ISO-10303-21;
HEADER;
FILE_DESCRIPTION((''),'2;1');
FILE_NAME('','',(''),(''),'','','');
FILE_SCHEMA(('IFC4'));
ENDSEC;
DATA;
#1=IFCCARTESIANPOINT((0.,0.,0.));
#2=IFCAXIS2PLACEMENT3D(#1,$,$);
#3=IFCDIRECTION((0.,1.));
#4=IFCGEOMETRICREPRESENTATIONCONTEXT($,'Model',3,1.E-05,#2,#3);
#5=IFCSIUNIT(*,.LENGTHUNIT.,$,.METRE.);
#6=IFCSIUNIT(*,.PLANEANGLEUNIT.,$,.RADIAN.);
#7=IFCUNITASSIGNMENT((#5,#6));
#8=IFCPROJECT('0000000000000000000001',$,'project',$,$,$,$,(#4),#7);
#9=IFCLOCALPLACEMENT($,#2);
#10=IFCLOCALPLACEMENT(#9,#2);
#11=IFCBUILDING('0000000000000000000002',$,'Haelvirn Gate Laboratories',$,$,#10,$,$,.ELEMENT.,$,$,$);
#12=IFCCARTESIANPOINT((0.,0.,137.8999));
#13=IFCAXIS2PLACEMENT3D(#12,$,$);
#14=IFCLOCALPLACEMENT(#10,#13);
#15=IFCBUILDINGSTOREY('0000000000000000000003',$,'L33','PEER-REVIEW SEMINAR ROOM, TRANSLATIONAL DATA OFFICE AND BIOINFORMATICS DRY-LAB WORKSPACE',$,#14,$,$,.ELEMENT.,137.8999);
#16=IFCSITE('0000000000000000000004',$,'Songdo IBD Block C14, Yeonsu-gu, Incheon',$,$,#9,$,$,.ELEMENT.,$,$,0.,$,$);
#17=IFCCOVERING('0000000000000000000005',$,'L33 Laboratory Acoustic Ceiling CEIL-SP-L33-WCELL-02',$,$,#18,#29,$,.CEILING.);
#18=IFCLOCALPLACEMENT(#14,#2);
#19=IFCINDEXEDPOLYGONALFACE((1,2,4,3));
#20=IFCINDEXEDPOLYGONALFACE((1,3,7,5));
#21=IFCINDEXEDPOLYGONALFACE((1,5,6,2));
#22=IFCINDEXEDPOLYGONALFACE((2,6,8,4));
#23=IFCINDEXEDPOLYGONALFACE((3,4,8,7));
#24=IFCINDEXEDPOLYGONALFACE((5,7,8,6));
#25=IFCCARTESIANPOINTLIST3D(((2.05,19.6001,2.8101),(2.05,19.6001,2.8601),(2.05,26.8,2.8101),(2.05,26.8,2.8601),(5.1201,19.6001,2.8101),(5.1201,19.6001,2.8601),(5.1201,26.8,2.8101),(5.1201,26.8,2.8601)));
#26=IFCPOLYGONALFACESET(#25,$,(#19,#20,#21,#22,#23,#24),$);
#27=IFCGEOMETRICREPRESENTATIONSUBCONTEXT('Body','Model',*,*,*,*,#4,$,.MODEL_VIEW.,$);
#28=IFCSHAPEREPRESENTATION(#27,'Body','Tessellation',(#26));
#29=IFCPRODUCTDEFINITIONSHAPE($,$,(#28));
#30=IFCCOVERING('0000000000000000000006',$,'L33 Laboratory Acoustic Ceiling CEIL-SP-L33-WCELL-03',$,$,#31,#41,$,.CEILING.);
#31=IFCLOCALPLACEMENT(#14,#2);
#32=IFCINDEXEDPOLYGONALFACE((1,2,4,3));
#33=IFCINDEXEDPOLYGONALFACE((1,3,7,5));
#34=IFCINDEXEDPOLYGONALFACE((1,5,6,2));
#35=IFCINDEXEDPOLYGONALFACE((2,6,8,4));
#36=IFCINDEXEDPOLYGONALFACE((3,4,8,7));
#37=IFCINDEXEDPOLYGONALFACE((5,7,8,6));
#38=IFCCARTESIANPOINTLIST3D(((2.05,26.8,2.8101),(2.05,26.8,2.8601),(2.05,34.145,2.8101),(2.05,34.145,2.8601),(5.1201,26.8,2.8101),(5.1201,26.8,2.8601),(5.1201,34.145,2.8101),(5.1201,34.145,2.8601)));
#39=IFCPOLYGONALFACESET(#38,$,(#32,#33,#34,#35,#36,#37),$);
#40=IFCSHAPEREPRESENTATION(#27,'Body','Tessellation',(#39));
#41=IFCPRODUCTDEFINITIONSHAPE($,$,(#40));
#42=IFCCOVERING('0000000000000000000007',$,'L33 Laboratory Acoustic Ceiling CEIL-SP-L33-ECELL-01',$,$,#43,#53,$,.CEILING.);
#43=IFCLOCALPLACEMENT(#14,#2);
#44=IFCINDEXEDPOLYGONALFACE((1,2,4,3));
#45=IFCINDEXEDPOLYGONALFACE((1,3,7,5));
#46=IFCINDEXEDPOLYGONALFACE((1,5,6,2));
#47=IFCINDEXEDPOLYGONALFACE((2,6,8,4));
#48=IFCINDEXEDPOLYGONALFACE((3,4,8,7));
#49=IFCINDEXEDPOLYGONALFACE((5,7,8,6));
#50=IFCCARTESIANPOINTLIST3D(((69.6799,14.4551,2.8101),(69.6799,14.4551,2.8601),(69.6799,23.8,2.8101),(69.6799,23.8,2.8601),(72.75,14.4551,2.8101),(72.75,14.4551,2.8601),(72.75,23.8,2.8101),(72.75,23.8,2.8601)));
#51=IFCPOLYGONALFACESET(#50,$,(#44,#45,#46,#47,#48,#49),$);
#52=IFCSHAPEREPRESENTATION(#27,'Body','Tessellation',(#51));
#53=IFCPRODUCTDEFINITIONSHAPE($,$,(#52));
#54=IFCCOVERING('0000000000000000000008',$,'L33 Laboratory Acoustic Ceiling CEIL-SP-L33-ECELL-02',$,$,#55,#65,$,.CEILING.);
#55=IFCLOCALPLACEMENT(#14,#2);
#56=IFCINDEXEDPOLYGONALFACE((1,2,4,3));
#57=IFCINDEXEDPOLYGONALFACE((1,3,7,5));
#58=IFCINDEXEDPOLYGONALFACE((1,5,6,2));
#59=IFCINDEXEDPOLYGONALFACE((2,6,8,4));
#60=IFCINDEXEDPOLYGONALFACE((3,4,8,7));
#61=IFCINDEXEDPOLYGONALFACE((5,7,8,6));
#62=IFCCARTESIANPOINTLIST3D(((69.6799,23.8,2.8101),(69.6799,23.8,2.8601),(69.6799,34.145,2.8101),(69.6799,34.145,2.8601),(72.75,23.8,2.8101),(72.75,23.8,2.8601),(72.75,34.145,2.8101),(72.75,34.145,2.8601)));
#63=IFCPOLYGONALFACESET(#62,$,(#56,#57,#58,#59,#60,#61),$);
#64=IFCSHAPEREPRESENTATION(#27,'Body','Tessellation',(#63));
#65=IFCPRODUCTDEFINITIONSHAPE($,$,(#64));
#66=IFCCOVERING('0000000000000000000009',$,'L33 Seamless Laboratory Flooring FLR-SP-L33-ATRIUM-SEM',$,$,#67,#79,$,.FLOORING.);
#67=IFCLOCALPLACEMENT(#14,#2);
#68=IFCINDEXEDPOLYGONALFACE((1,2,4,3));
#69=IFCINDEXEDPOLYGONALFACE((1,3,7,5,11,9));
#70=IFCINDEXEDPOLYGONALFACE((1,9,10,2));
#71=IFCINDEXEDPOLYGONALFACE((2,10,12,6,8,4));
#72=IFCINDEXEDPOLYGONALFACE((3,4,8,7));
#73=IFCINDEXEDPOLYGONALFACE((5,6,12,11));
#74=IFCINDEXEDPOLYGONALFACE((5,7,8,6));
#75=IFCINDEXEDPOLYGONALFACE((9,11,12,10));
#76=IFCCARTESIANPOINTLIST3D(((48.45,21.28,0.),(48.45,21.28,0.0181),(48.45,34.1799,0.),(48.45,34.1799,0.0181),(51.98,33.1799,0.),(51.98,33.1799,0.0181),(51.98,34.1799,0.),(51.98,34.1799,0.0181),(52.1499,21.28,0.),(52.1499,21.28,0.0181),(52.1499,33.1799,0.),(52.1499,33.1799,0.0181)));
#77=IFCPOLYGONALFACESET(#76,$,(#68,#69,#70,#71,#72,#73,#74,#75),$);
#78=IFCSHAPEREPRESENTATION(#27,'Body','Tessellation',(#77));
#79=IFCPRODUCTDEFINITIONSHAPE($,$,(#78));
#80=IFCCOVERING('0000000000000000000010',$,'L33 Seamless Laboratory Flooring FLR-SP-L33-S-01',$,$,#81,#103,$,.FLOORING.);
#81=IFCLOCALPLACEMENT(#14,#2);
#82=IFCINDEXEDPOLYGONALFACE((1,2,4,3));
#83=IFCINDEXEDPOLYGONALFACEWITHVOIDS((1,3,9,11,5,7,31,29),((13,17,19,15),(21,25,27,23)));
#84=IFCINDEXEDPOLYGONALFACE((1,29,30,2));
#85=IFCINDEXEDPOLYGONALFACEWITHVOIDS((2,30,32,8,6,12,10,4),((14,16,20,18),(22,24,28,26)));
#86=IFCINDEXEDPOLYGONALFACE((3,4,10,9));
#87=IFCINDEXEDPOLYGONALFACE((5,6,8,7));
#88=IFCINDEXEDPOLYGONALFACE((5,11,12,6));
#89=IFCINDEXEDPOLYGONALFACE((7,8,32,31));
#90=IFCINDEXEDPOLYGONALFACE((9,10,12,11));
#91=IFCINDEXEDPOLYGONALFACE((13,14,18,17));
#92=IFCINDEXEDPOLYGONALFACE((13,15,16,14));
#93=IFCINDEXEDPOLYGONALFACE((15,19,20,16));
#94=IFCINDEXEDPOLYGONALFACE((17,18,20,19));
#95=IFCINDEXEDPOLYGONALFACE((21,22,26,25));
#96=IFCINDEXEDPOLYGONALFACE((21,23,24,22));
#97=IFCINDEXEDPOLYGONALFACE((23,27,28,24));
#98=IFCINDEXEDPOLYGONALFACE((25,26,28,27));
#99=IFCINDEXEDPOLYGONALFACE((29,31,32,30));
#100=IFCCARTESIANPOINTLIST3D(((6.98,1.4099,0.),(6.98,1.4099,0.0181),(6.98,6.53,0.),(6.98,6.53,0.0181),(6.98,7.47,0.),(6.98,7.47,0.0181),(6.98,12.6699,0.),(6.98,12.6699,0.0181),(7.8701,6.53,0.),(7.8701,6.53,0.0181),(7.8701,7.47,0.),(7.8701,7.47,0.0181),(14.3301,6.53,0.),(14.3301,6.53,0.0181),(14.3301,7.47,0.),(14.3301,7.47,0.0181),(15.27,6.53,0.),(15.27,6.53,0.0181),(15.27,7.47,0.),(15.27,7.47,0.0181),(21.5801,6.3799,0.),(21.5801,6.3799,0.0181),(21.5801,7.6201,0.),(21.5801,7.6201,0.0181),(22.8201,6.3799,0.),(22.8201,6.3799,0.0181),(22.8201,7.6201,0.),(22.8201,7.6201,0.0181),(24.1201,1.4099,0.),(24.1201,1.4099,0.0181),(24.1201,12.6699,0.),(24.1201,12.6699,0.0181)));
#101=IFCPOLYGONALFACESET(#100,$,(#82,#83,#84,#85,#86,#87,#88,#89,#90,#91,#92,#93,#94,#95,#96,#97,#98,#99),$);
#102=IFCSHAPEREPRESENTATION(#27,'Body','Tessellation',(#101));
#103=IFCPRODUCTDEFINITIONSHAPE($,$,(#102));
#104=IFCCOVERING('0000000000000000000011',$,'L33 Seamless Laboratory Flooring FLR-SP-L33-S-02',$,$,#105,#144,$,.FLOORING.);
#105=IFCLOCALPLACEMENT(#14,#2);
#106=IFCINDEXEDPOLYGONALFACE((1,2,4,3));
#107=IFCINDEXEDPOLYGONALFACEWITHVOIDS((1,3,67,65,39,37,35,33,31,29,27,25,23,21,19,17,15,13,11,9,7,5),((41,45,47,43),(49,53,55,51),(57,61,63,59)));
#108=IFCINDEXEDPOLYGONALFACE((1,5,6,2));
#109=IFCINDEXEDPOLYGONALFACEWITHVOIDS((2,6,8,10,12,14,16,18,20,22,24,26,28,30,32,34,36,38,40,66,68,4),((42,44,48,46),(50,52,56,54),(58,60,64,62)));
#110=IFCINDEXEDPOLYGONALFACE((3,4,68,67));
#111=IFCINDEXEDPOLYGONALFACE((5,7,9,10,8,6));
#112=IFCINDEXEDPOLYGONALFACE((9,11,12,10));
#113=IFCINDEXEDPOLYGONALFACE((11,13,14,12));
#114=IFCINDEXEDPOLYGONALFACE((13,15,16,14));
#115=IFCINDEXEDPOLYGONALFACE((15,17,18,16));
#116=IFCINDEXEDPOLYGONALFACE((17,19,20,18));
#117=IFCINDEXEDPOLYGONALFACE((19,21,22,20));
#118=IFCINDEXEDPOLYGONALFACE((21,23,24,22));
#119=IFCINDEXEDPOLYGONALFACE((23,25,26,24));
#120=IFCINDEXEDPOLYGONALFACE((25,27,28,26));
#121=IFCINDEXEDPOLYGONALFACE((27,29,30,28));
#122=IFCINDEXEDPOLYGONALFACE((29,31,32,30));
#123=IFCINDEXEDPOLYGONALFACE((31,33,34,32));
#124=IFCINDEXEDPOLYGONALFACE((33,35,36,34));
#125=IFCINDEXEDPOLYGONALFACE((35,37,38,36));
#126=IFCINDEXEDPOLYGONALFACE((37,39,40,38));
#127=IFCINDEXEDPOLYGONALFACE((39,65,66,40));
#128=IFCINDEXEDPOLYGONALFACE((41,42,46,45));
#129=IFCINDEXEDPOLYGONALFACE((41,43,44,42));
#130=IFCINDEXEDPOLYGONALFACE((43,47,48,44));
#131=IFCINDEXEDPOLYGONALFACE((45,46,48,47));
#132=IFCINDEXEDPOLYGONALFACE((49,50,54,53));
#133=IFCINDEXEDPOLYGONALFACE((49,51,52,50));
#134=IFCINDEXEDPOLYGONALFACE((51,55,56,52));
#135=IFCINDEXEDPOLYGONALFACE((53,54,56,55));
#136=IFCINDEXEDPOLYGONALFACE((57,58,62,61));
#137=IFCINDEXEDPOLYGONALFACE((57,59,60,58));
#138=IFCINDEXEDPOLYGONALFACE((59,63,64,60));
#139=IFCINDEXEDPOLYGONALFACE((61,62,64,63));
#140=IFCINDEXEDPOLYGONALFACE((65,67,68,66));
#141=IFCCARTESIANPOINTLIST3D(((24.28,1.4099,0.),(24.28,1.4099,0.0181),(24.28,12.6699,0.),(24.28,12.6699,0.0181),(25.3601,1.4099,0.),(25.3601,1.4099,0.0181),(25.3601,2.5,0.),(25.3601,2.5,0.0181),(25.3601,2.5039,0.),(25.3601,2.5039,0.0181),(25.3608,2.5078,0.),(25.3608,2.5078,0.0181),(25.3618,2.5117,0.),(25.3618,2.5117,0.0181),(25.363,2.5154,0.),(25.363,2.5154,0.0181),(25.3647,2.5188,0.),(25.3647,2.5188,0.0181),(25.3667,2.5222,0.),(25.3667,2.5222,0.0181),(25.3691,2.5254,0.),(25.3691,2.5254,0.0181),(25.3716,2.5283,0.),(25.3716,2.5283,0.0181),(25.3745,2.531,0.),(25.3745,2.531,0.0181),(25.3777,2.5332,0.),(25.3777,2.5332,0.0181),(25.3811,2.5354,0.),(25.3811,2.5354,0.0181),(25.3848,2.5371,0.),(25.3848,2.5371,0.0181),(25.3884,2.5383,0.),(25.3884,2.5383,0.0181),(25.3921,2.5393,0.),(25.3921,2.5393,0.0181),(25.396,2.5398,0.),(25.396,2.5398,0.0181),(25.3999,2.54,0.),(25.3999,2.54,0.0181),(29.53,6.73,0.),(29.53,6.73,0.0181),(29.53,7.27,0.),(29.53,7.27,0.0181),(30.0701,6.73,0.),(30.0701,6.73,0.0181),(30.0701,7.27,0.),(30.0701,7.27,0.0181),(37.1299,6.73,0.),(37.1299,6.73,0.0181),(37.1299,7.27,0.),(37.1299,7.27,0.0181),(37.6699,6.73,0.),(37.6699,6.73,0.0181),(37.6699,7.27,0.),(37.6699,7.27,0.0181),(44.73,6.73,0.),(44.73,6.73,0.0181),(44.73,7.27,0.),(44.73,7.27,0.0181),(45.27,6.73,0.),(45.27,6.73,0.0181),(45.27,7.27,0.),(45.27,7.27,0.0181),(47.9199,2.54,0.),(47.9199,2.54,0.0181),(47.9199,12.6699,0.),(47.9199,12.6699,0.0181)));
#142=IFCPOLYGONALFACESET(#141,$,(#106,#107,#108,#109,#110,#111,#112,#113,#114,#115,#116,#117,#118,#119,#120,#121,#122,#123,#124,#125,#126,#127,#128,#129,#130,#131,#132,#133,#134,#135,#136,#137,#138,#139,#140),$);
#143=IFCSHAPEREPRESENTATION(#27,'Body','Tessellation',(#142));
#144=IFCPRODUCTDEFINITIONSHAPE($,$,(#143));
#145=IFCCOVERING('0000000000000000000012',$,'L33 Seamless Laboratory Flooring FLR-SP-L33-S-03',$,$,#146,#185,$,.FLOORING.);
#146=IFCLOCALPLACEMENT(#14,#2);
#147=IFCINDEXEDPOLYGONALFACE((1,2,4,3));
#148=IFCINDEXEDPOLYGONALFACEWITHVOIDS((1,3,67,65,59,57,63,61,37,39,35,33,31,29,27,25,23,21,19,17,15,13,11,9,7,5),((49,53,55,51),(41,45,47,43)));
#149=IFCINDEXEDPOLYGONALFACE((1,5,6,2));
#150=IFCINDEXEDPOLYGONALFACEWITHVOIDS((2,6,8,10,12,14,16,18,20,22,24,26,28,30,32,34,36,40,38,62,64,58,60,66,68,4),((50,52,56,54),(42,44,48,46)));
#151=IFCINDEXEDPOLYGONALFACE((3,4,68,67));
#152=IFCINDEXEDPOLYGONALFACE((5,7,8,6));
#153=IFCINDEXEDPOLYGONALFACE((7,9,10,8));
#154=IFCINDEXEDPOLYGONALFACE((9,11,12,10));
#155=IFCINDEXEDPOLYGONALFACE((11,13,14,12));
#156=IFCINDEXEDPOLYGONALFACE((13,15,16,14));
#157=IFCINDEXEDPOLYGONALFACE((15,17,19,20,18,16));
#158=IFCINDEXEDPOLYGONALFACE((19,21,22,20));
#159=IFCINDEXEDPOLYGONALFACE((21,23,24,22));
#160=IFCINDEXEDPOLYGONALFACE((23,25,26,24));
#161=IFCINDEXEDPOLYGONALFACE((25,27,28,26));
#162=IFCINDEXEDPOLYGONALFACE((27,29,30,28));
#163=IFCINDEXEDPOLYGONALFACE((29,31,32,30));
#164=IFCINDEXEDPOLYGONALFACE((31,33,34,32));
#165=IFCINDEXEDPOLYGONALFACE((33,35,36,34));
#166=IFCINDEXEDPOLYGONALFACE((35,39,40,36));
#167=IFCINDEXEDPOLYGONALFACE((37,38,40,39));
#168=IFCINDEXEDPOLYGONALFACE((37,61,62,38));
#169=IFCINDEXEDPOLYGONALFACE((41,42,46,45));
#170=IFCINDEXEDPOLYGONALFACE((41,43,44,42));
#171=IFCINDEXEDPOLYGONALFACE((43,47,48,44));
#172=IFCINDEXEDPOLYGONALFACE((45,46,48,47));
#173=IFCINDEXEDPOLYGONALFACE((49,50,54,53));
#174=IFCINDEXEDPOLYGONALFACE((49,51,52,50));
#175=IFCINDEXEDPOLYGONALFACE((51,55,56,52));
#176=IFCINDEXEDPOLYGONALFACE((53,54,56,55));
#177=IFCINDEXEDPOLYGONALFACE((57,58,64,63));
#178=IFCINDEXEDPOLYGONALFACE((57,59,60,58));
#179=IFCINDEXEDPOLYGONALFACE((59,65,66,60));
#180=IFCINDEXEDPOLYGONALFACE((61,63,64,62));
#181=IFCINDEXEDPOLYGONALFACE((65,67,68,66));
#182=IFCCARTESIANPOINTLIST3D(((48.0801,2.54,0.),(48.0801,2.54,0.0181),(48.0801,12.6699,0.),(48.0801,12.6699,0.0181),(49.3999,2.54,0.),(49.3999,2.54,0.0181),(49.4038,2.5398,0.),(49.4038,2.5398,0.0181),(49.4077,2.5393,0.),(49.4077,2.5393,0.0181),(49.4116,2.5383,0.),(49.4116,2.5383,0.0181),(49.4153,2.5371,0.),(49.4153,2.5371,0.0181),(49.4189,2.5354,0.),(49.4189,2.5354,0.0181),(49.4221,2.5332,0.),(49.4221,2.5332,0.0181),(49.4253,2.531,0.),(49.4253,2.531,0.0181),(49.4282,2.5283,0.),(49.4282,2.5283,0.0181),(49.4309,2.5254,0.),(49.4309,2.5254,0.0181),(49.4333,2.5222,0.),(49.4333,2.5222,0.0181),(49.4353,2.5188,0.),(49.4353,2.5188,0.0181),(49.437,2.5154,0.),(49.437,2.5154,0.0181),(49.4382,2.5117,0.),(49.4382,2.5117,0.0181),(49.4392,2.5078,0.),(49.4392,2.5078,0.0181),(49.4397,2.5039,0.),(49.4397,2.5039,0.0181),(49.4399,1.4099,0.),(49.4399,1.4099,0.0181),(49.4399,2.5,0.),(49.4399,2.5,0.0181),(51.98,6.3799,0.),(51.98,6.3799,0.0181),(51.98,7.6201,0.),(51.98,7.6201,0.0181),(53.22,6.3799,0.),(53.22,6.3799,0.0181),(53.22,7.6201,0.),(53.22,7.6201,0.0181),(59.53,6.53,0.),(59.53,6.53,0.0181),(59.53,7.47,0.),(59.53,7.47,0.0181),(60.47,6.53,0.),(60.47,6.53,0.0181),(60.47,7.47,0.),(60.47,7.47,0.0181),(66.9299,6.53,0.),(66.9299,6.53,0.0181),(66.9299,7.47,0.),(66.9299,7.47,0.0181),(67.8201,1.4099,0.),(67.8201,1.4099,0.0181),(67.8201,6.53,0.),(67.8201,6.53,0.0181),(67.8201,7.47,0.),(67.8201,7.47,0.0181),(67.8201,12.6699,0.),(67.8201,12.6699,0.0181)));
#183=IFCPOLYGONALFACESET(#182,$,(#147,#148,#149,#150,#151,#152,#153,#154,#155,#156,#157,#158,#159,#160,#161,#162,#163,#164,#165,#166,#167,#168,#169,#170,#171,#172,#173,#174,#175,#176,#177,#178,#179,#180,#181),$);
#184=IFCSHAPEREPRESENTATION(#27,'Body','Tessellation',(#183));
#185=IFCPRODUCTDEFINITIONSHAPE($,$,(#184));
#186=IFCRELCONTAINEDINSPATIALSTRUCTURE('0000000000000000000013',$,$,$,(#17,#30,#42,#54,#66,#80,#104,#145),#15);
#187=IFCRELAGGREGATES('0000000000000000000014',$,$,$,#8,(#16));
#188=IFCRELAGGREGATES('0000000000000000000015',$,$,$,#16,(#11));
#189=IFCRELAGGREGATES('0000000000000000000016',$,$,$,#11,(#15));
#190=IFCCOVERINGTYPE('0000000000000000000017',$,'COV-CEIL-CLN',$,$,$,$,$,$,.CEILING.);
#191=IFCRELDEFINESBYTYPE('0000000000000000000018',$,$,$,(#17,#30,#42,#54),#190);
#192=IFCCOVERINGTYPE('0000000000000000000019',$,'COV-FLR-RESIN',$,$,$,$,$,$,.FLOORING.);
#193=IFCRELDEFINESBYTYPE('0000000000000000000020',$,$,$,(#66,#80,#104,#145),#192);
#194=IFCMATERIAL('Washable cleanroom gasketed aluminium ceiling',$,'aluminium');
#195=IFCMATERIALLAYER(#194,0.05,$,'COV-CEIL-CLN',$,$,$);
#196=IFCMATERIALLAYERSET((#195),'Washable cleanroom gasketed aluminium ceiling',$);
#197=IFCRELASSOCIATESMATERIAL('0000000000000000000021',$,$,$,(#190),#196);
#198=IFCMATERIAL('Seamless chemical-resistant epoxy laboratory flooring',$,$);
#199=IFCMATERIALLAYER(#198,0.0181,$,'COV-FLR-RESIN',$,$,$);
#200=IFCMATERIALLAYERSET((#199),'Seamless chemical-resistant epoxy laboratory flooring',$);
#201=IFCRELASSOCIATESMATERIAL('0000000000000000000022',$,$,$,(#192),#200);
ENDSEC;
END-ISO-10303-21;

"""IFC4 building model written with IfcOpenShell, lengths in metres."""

from ifc_helpers import new_model, si_unit, direction, frame, origin, place, context, subcontext, project, spatial, polyline, outline, extrude, material, layer, layer_set, type_object, element, save


model = new_model("IFC4")

# Units and contexts
model_context = context("Model", 3, precision=1e-05, world=origin(), true_north=direction((0.0, 1.0)))
body_context = subcontext(model_context, "Body", "Model", "MODEL_VIEW")
ifc_project = project(units=[si_unit("LENGTHUNIT", "METRE"), si_unit("PLANEANGLEUNIT", "RADIAN")], contexts=[model_context])

# Site, building, storey
site_placement = place(None, origin())
site = spatial("IfcSite", under=ifc_project, at=site_placement, Name="Songdo IBD Block C14, Yeonsu-gu, Incheon", CompositionType="ELEMENT", RefElevation=0.0)
building_placement = place(site_placement, origin())
building = spatial("IfcBuilding", under=site, at=building_placement, Name="Haelvirn Gate Laboratories", CompositionType="ELEMENT")
storey_placement = place(building_placement, frame((0.0, 0.0, 137.8999)))
storey = spatial("IfcBuildingStorey", under=building, at=storey_placement, Name="L33", Description="PEER-REVIEW SEMINAR ROOM, TRANSLATIONAL DATA OFFICE AND BIOINFORMATICS DRY-LAB WORKSPACE", CompositionType="ELEMENT", Elevation=137.8999)

# Coverings
ifc_material_1 = material(Name="Washable cleanroom gasketed aluminium ceiling", Category="aluminium")
ifc_layer_1 = layer(ifc_material_1, 0.05, Name="COV-CEIL-CLN")
ifc_layer_set_1 = layer_set([ifc_layer_1], Name="Washable cleanroom gasketed aluminium ceiling")
covering_type_1 = type_object("IfcCoveringType", Name="COV-CEIL-CLN", PredefinedType="CEILING", material=ifc_layer_set_1)
covering_1_placement = place(storey_placement, frame((0.0, 0.0, 2.8101)))
element("IfcCovering", 1, at=covering_1_placement, inside=storey, type_object=covering_type_1, Name="L33 Laboratory Acoustic Ceiling CEIL-SP-L33-WCELL-02", PredefinedType="CEILING", context=body_context, shape_type="SweptSolid", body=[
    extrude(outline(polyline([(2.05, 26.8), (5.1201, 26.8), (5.1201, 19.6001), (2.05, 19.6001), (2.05, 26.8)])), origin(), (0.0, 0.0, 1.0), 0.05),
])
covering_2_placement = place(storey_placement, frame((0.0, 0.0, 2.8101)))
element("IfcCovering", 2, at=covering_2_placement, inside=storey, type_object=covering_type_1, Name="L33 Laboratory Acoustic Ceiling CEIL-SP-L33-WCELL-03", PredefinedType="CEILING", context=body_context, shape_type="SweptSolid", body=[
    extrude(outline(polyline([(2.05, 34.145), (5.1201, 34.145), (5.1201, 26.8), (2.05, 26.8), (2.05, 34.145)])), origin(), (0.0, 0.0, 1.0), 0.05),
])
covering_3_placement = place(storey_placement, frame((0.0, 0.0, 2.8101)))
element("IfcCovering", 3, at=covering_3_placement, inside=storey, type_object=covering_type_1, Name="L33 Laboratory Acoustic Ceiling CEIL-SP-L33-ECELL-01", PredefinedType="CEILING", context=body_context, shape_type="SweptSolid", body=[
    extrude(outline(polyline([(69.6799, 23.8), (72.75, 23.8), (72.75, 14.4551), (69.6799, 14.4551), (69.6799, 23.8)])), origin(), (0.0, 0.0, 1.0), 0.05),
])
covering_4_placement = place(storey_placement, frame((0.0, 0.0, 2.8101)))
element("IfcCovering", 4, at=covering_4_placement, inside=storey, type_object=covering_type_1, Name="L33 Laboratory Acoustic Ceiling CEIL-SP-L33-ECELL-02", PredefinedType="CEILING", context=body_context, shape_type="SweptSolid", body=[
    extrude(outline(polyline([(69.6799, 34.145), (72.75, 34.145), (72.75, 23.8), (69.6799, 23.8), (69.6799, 34.145)])), origin(), (0.0, 0.0, 1.0), 0.05),
])
ifc_material_2 = material(Name="Seamless chemical-resistant epoxy laboratory flooring")
ifc_layer_2 = layer(ifc_material_2, 0.0181, Name="COV-FLR-RESIN")
ifc_layer_set_2 = layer_set([ifc_layer_2], Name="Seamless chemical-resistant epoxy laboratory flooring")
covering_type_2 = type_object("IfcCoveringType", Name="COV-FLR-RESIN", PredefinedType="FLOORING", material=ifc_layer_set_2)
covering_5_placement = place(storey_placement, origin())
element("IfcCovering", 5, at=covering_5_placement, inside=storey, type_object=covering_type_2, Name="L33 Seamless Laboratory Flooring FLR-SP-L33-ATRIUM-SEM", PredefinedType="FLOORING", context=body_context, shape_type="SweptSolid", body=[
    extrude(outline(polyline([(51.98, 34.1799), (51.98, 33.1799), (52.1499, 33.1799), (52.1499, 21.28), (48.45, 21.28), (48.45, 34.1799), (51.98, 34.1799)])), origin(), (0.0, 0.0, 1.0), 0.0181),
])
covering_6_placement = place(storey_placement, origin())
element("IfcCovering", 6, at=covering_6_placement, inside=storey, type_object=covering_type_2, Name="L33 Seamless Laboratory Flooring FLR-SP-L33-S-01", PredefinedType="FLOORING", context=body_context, shape_type="SweptSolid", body=[
    extrude(outline(polyline([(6.98, 1.4099), (6.98, 6.53), (7.8701, 6.53), (7.8701, 7.47), (6.98, 7.47), (6.98, 12.6699), (24.1201, 12.6699), (24.1201, 1.4099), (6.98, 1.4099)]), holes=[polyline([(15.27, 6.53), (15.27, 7.47), (14.3301, 7.47), (14.3301, 6.53), (15.27, 6.53)]), polyline([(21.5801, 6.3799), (22.8201, 6.3799), (22.8201, 7.6201), (21.5801, 7.6201), (21.5801, 6.3799)])]), origin(), (0.0, 0.0, 1.0), 0.0181),
])
covering_7_placement = place(storey_placement, origin())
element("IfcCovering", 7, at=covering_7_placement, inside=storey, type_object=covering_type_2, Name="L33 Seamless Laboratory Flooring FLR-SP-L33-S-02", PredefinedType="FLOORING", context=body_context, shape_type="SweptSolid", body=[
    extrude(outline(polyline([(25.3999, 2.54), (25.396, 2.5398), (25.3921, 2.5393), (25.3884, 2.5383), (25.3848, 2.5371), (25.3811, 2.5354), (25.3777, 2.5332), (25.3745, 2.531), (25.3716, 2.5283), (25.3691, 2.5254), (25.3667, 2.5222), (25.3647, 2.5188), (25.363, 2.5154), (25.3618, 2.5117), (25.3608, 2.5078), (25.3601, 2.5039), (25.3601, 2.5), (25.3601, 1.4099), (24.28, 1.4099), (24.28, 12.6699), (47.9199, 12.6699), (47.9199, 2.54), (25.3999, 2.54)]), holes=[polyline([(30.0701, 6.73), (30.0701, 7.27), (29.53, 7.27), (29.53, 6.73), (30.0701, 6.73)]), polyline([(37.1299, 6.73), (37.6699, 6.73), (37.6699, 7.27), (37.1299, 7.27), (37.1299, 6.73)]), polyline([(44.73, 7.27), (44.73, 6.73), (45.27, 6.73), (45.27, 7.27), (44.73, 7.27)])]), origin(), (0.0, 0.0, 1.0), 0.0181),
])
covering_8_placement = place(storey_placement, origin())
element("IfcCovering", 8, at=covering_8_placement, inside=storey, type_object=covering_type_2, Name="L33 Seamless Laboratory Flooring FLR-SP-L33-S-03", PredefinedType="FLOORING", context=body_context, shape_type="SweptSolid", body=[
    extrude(outline(polyline([(49.4399, 2.5), (49.4397, 2.5039), (49.4392, 2.5078), (49.4382, 2.5117), (49.437, 2.5154), (49.4353, 2.5188), (49.4333, 2.5222), (49.4309, 2.5254), (49.4282, 2.5283), (49.4253, 2.531), (49.4221, 2.5332), (49.4189, 2.5354), (49.4153, 2.5371), (49.4116, 2.5383), (49.4077, 2.5393), (49.4038, 2.5398), (49.3999, 2.54), (48.0801, 2.54), (48.0801, 12.6699), (67.8201, 12.6699), (67.8201, 7.47), (66.9299, 7.47), (66.9299, 6.53), (67.8201, 6.53), (67.8201, 1.4099), (49.4399, 1.4099), (49.4399, 2.5)]), holes=[polyline([(53.22, 6.3799), (53.22, 7.6201), (51.98, 7.6201), (51.98, 6.3799), (53.22, 6.3799)]), polyline([(59.53, 6.53), (60.47, 6.53), (60.47, 7.47), (59.53, 7.47), (59.53, 6.53)])]), origin(), (0.0, 0.0, 1.0), 0.0181),
])

save(model, "model.ifc")
